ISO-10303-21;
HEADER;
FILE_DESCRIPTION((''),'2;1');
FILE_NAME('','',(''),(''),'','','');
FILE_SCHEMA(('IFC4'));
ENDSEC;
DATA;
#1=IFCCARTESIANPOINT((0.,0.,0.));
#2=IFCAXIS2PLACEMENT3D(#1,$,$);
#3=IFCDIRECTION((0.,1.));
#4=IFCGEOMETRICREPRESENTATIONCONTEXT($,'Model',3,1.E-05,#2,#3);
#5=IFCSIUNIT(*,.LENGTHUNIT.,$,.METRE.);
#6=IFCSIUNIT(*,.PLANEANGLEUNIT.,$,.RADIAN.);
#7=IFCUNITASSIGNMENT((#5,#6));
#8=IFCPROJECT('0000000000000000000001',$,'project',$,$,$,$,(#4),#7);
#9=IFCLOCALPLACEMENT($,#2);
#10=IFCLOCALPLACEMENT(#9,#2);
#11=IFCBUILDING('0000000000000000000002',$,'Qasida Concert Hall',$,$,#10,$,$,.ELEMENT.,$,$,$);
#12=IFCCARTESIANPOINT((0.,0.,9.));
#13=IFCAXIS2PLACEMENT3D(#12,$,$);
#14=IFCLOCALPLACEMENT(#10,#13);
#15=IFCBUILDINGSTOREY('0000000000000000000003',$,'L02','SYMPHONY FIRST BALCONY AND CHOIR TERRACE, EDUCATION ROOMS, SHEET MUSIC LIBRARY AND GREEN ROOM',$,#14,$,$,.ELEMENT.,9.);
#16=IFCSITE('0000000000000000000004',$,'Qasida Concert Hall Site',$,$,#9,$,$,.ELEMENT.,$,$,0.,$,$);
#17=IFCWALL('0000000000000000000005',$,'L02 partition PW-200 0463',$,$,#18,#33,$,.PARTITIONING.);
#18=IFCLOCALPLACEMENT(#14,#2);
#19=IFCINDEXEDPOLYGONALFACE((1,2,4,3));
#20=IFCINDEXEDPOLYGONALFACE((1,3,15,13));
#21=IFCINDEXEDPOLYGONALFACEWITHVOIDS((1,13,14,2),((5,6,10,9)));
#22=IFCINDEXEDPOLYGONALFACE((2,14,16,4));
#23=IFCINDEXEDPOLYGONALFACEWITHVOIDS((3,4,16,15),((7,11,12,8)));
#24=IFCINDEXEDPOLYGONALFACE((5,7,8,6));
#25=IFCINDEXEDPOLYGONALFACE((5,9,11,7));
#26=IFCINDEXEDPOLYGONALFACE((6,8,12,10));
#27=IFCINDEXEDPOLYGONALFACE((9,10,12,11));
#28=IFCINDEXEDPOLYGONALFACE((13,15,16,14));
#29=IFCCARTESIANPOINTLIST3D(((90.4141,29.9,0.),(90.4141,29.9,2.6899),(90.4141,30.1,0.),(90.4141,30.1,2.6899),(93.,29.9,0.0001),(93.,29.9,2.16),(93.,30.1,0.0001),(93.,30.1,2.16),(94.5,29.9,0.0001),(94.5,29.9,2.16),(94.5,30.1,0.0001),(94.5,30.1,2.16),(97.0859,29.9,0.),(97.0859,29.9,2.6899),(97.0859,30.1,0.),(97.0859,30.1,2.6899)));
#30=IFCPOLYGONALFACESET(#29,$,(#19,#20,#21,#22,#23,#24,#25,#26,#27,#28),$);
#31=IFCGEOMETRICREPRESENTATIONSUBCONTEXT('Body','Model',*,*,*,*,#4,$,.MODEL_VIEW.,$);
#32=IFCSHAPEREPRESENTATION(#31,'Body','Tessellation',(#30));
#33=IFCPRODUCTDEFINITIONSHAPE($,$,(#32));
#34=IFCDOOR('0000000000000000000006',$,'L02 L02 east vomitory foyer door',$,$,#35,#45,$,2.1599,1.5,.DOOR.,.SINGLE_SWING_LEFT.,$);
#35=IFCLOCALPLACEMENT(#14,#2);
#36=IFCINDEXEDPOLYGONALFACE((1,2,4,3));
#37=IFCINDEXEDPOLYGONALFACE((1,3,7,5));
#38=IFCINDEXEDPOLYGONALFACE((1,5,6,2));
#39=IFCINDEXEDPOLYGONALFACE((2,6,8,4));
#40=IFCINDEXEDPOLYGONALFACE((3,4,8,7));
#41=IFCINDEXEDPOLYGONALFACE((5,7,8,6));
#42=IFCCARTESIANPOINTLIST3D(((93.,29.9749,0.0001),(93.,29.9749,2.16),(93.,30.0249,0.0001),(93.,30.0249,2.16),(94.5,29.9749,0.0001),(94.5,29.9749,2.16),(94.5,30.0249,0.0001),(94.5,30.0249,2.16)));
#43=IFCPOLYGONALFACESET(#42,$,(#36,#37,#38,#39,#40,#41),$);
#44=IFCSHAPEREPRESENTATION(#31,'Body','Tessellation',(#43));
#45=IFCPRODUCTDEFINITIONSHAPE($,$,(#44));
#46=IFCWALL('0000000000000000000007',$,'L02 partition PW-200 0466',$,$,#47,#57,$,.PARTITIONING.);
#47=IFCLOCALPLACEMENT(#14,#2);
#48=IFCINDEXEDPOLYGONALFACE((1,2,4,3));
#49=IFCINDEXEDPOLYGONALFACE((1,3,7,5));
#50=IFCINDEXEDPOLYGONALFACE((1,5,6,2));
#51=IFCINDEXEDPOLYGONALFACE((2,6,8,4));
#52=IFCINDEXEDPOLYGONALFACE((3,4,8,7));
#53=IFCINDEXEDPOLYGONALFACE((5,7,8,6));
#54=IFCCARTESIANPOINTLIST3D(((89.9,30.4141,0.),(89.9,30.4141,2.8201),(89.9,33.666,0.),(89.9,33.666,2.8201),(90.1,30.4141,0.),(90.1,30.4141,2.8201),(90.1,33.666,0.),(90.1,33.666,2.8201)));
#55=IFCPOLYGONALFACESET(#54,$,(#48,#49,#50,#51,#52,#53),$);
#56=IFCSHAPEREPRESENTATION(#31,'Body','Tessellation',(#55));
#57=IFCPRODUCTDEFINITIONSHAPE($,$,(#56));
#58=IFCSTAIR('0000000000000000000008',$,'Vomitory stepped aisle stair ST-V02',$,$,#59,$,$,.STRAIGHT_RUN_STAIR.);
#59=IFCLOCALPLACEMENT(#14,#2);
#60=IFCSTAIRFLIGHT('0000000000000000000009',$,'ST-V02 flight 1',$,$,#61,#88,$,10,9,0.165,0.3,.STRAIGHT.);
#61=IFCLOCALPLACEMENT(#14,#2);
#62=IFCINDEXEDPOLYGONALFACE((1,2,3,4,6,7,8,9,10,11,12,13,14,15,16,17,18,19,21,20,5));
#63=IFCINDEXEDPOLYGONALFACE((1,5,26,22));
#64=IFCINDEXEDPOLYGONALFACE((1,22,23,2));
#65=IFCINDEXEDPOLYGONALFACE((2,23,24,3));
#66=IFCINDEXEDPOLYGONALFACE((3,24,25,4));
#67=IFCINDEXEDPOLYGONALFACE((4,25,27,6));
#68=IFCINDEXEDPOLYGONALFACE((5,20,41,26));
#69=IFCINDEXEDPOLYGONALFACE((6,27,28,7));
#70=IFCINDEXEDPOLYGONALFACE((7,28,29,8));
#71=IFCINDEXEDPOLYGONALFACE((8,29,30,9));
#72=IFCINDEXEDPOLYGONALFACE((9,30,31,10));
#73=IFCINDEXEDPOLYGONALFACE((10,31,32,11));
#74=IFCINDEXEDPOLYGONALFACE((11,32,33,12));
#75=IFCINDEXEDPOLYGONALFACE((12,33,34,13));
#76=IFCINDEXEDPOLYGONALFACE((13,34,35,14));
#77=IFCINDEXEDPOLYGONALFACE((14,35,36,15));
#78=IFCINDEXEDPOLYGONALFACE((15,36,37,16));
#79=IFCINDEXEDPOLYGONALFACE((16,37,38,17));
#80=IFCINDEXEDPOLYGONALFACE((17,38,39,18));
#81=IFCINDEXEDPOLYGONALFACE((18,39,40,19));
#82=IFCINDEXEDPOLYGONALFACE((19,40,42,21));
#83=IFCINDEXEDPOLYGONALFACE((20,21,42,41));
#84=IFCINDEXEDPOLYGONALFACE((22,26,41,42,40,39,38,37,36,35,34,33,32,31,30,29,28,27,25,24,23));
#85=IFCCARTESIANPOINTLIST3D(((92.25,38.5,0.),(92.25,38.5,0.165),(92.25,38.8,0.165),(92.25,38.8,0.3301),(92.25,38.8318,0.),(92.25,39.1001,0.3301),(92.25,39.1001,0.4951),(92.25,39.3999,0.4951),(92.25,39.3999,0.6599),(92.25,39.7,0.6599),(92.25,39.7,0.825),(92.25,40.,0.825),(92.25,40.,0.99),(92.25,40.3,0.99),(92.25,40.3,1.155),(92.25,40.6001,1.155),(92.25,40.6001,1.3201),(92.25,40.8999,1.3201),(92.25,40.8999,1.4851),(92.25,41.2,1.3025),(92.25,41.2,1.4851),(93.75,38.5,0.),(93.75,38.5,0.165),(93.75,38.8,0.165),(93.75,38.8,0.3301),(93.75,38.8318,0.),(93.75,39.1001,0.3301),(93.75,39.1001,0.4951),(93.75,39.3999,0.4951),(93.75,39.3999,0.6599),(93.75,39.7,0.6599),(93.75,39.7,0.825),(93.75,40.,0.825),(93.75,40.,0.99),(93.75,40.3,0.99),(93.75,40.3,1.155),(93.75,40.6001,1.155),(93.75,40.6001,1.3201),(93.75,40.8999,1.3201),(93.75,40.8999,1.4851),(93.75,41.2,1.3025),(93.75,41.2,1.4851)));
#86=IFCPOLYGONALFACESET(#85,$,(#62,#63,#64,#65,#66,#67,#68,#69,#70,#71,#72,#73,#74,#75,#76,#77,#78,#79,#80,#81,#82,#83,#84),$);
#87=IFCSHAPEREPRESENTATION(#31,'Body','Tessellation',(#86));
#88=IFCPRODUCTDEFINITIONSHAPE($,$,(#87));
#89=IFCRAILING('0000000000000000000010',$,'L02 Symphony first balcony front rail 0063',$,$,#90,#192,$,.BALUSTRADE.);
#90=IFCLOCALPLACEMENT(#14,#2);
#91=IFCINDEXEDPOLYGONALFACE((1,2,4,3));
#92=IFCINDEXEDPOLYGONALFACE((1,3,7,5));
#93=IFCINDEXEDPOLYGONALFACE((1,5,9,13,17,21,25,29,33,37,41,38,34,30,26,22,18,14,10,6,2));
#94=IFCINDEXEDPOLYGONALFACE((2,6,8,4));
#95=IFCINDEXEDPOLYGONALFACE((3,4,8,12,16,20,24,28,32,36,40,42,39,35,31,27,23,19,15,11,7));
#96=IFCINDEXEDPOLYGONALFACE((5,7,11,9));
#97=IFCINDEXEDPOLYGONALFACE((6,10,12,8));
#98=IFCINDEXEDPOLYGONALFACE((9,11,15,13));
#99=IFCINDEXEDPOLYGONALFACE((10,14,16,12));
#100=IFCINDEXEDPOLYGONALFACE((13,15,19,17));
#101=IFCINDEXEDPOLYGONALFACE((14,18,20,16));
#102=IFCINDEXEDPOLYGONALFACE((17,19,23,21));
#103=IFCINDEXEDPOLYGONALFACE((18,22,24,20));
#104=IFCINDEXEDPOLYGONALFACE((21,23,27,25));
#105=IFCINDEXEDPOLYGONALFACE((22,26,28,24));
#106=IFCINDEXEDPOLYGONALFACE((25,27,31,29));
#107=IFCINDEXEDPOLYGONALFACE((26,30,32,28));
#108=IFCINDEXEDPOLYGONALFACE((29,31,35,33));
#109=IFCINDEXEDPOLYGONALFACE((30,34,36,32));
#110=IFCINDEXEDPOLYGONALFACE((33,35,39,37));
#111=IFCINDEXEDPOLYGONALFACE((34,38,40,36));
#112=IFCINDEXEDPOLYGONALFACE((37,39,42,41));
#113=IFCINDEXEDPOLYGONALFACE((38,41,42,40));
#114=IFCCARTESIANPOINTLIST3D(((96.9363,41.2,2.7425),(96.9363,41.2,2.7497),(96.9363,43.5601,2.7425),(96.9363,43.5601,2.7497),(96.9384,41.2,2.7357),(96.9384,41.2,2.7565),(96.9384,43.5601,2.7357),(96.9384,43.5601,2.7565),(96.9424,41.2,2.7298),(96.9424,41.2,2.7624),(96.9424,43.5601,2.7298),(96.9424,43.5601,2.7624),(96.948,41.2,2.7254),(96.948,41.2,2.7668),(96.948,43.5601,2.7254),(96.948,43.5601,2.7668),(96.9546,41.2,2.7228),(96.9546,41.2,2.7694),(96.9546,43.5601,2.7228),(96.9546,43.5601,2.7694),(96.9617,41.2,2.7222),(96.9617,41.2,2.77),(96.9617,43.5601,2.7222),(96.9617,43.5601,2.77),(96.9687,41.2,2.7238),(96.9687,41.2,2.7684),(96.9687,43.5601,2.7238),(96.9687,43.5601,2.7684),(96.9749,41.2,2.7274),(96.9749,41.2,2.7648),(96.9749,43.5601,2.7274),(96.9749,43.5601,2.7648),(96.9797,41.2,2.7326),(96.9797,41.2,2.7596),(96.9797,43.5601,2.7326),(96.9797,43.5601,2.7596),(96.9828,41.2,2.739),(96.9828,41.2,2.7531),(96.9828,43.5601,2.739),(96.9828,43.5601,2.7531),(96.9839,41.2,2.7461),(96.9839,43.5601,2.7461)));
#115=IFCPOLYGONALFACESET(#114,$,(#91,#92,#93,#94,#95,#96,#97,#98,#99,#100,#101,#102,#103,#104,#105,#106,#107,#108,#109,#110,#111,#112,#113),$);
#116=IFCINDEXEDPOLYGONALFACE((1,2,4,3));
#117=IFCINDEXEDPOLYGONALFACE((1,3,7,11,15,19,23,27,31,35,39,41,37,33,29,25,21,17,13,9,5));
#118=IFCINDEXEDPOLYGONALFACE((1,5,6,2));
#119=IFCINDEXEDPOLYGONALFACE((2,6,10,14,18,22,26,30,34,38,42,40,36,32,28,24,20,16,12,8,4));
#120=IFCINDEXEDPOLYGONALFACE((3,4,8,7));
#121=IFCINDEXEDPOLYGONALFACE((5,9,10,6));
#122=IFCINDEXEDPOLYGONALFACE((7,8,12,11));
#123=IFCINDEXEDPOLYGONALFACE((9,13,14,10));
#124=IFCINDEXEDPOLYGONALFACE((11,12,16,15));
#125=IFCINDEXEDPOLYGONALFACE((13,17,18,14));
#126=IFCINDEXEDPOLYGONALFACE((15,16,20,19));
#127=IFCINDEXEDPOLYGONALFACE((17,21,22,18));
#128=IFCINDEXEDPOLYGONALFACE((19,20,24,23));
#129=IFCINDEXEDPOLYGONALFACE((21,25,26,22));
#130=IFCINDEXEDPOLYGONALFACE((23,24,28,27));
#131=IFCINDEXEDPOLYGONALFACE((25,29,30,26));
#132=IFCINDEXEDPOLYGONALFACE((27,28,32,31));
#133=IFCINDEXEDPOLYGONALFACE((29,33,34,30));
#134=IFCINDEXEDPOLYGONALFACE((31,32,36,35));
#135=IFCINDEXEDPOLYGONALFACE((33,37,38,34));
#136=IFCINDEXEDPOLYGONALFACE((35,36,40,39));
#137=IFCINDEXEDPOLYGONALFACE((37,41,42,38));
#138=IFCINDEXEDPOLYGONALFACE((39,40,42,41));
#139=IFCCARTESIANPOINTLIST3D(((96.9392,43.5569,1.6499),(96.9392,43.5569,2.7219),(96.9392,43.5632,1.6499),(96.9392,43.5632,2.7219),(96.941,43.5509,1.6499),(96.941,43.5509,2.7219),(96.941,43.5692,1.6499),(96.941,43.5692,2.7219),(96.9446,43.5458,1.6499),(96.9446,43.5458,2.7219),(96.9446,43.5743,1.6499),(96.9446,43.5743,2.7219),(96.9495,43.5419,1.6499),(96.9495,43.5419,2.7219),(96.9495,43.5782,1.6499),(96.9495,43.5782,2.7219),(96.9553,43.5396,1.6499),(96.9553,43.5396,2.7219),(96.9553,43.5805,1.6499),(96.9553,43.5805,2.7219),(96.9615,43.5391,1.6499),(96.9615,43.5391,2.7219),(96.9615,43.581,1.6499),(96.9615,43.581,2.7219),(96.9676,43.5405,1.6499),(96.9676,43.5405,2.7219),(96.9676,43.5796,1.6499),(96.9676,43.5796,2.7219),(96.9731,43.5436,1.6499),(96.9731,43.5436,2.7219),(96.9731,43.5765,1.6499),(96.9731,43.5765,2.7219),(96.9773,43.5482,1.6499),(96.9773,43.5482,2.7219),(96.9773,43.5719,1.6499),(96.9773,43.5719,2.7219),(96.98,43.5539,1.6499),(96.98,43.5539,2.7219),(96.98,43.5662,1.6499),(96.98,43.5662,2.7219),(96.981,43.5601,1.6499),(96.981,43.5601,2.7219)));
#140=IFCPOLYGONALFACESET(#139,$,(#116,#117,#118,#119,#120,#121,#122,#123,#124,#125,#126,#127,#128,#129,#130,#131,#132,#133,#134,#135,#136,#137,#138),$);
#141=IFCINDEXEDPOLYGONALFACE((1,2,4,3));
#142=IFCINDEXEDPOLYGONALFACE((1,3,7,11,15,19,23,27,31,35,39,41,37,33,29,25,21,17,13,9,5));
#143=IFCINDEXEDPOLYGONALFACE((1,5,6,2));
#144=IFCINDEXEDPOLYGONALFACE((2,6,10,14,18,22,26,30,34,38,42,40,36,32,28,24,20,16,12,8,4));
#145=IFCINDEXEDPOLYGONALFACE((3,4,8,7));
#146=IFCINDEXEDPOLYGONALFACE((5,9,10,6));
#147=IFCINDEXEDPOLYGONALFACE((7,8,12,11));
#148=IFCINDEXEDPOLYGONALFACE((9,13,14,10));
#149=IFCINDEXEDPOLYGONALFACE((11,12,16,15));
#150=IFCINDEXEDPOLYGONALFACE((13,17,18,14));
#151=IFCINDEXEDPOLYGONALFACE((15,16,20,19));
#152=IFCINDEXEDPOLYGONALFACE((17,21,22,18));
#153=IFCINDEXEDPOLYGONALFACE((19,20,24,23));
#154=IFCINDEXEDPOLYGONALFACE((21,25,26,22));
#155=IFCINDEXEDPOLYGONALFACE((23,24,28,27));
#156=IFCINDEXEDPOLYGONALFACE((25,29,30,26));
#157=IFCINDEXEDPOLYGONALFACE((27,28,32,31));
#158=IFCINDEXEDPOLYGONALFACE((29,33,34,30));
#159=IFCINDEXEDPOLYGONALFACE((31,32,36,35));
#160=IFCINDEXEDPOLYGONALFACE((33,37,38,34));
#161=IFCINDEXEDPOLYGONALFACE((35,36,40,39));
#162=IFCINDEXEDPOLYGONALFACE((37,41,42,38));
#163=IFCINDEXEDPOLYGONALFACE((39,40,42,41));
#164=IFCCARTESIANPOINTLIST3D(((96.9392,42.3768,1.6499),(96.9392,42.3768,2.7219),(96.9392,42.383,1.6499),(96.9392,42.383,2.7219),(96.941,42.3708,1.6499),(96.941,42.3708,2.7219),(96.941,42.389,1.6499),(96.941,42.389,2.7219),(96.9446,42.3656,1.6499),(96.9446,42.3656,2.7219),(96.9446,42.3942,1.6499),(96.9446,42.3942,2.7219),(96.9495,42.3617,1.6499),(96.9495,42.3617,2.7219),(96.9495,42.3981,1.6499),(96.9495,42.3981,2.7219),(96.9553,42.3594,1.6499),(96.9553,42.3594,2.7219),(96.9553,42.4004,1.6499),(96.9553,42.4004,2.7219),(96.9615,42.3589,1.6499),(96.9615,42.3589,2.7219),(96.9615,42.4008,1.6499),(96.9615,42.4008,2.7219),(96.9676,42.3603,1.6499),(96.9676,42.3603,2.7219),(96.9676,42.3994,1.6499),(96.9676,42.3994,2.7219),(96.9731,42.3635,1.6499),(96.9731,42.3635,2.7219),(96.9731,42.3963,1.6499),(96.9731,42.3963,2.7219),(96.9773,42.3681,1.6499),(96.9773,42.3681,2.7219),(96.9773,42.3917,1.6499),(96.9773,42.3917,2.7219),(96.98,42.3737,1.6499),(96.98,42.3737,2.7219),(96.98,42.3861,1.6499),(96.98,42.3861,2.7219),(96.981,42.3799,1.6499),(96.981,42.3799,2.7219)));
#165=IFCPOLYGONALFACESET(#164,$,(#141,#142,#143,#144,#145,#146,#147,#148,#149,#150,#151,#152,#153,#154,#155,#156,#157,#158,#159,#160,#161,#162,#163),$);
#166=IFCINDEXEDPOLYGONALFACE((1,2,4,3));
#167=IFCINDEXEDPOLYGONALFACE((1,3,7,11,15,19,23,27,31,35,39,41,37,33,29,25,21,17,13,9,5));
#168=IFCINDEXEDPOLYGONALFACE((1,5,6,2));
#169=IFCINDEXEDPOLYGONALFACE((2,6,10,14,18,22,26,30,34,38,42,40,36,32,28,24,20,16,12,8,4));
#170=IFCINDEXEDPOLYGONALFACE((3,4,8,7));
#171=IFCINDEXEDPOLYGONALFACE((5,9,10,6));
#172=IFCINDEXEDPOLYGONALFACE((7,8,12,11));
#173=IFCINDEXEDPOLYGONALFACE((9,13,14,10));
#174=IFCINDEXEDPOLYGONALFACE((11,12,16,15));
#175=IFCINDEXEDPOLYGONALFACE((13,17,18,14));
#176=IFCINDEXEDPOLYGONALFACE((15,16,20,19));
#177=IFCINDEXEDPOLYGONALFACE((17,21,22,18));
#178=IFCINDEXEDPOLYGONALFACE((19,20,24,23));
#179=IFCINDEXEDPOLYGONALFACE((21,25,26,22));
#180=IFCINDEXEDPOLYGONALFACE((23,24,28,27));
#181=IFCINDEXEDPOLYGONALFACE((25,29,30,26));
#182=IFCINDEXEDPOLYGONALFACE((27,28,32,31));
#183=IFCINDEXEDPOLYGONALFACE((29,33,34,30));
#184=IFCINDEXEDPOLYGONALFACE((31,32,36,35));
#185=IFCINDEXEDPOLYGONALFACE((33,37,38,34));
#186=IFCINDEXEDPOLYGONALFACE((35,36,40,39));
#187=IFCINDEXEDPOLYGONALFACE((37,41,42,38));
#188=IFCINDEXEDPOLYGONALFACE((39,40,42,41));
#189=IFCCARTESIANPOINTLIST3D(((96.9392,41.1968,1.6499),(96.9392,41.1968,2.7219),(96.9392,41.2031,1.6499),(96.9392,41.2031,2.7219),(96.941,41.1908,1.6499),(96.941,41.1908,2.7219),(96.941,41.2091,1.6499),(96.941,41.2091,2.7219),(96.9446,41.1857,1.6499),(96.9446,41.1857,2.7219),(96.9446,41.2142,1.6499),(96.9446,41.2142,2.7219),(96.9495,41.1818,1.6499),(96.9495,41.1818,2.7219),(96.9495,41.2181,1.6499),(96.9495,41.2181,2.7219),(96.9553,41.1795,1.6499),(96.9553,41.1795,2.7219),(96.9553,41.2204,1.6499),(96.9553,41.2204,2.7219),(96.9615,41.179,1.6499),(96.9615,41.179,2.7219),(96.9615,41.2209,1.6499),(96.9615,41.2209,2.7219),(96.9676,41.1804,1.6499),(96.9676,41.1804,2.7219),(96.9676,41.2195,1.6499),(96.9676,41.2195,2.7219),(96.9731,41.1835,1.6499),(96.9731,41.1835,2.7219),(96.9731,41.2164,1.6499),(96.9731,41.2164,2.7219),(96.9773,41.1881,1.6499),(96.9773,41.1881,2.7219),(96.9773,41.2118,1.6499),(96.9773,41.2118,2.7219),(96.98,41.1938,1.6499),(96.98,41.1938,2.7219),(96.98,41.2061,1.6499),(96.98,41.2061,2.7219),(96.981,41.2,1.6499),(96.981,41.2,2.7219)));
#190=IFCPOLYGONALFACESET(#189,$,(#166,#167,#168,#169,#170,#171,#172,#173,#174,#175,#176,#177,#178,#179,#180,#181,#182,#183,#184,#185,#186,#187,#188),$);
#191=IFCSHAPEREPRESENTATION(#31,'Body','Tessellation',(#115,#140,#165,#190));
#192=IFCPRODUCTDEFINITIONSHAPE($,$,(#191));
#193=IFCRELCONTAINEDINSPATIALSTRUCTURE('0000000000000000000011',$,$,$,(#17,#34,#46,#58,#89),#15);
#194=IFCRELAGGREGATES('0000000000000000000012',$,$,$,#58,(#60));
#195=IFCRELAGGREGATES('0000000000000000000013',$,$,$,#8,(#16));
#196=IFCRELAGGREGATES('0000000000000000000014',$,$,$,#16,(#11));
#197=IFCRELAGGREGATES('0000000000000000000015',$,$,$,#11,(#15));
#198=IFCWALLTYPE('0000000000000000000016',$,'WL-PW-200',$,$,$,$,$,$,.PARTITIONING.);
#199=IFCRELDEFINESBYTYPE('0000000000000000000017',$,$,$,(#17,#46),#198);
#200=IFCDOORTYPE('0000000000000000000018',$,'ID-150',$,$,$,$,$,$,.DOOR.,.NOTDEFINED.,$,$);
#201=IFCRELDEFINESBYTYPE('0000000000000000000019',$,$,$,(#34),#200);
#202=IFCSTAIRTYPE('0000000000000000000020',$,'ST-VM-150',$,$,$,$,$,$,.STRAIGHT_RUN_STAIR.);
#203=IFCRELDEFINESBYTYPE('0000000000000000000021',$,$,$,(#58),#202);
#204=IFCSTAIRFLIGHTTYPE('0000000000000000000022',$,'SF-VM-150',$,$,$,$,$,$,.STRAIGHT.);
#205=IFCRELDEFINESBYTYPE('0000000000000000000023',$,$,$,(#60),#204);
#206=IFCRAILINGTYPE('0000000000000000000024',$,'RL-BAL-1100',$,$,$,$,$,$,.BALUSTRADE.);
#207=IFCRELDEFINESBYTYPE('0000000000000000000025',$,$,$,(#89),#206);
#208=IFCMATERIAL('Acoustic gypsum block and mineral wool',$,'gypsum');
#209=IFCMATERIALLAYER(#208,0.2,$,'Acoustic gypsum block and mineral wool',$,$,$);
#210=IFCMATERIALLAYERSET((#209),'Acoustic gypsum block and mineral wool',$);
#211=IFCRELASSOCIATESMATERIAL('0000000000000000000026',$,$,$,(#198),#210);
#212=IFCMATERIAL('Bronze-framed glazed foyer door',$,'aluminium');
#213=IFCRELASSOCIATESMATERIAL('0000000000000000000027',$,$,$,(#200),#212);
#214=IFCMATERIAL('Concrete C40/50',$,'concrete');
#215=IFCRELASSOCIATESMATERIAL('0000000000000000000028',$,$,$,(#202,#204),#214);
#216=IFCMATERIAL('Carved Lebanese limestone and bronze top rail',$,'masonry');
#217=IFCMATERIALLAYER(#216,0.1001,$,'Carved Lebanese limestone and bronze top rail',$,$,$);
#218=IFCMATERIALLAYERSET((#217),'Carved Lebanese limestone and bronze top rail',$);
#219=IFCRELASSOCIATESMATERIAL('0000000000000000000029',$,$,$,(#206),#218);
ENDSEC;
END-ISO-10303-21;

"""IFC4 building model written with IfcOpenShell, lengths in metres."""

from ifc_helpers import new_model, si_unit, direction, frame, frame_2d, origin, origin_2d, place, context, subcontext, project, spatial, polyline, rectangle, circle, outline, extrude, material, layer, layer_set, type_object, element, fill, aggregate, save


model = new_model("IFC4")

# Units and contexts
model_context = context("Model", 3, precision=1e-05, world=origin(), true_north=direction((0.0, 1.0)))
body_context = subcontext(model_context, "Body", "Model", "MODEL_VIEW")
ifc_project = project(units=[si_unit("LENGTHUNIT", "METRE"), si_unit("PLANEANGLEUNIT", "RADIAN")], contexts=[model_context])

# Site, building, storey
site_placement = place(None, origin())
site = spatial("IfcSite", under=ifc_project, at=site_placement, Name="Qasida Concert Hall Site", CompositionType="ELEMENT", RefElevation=0.0)
building_placement = place(site_placement, origin())
building = spatial("IfcBuilding", under=site, at=building_placement, Name="Qasida Concert Hall", CompositionType="ELEMENT")
storey_placement = place(building_placement, frame((0.0, 0.0, 9.0)))
storey = spatial("IfcBuildingStorey", under=building, at=storey_placement, Name="L02", Description="SYMPHONY FIRST BALCONY AND CHOIR TERRACE, EDUCATION ROOMS, SHEET MUSIC LIBRARY AND GREEN ROOM", CompositionType="ELEMENT", Elevation=9.0)

# Shared definitions
ifc_material_1 = material(Name="Concrete C40/50", Category="concrete")

# Wall, opening, door
ifc_material_2 = material(Name="Acoustic gypsum block and mineral wool", Category="gypsum")
ifc_layer_1 = layer(ifc_material_2, 0.2, Name="Acoustic gypsum block and mineral wool")
ifc_layer_set_1 = layer_set([ifc_layer_1], Name="Acoustic gypsum block and mineral wool")
wall_type = type_object("IfcWallType", Name="WL-PW-200", PredefinedType="PARTITIONING", material=ifc_layer_set_1)
wall_1_placement = place(storey_placement, frame((90.4141, 30.0, 0.0), z_axis=(0.0, 0.0, 1.0), x_axis=(1.0, 0.0, 0.0)))
wall_1 = element("IfcWall", 1, at=wall_1_placement, inside=storey, type_object=wall_type, Name="L02 partition PW-200 0463", PredefinedType="PARTITIONING", context=body_context, shape_type="SweptSolid", body=[
    extrude(rectangle(XDim=6.6719, YDim=0.2, at=frame_2d((3.3359, 0.0))), origin(), (0.0, 0.0, 1.0), 2.6899),
])
opening_placement = place(wall_1_placement, frame((2.5859, 0.0, 0.0)))
opening = element("IfcOpeningElement", 2, at=opening_placement, cuts=wall_1, PredefinedType="OPENING", context=body_context, shape_type="SweptSolid", body=[
    extrude(rectangle(XDim=1.5, YDim=2.1599, at=frame_2d((0.75, 1.0801))), frame((0.0, 0.1099, 0.0), z_axis=(0.0, -1.0, 0.0), x_axis=(1.0, 0.0, 0.0)), (0.0, 0.0, 1.0), 0.22),
])
ifc_material_3 = material(Name="Bronze-framed glazed foyer door", Category="aluminium")
door_type = type_object("IfcDoorType", Name="ID-150", OperationType="NOTDEFINED", PredefinedType="DOOR", material=ifc_material_3)
door_placement = place(opening_placement, origin())
door = element("IfcDoor", 3, at=door_placement, inside=storey, type_object=door_type, Name="L02 L02 east vomitory foyer door", OperationType="SINGLE_SWING_LEFT", OverallHeight=2.1599, OverallWidth=1.5, PredefinedType="DOOR", context=body_context, shape_type="SweptSolid", body=[
    extrude(rectangle(XDim=1.5, YDim=2.1599, at=frame_2d((0.75, 1.0801))), frame((0.0, 0.0249, 0.0), z_axis=(0.0, -1.0, 0.0), x_axis=(1.0, 0.0, 0.0)), (0.0, 0.0, 1.0), 0.05),
])
fill(opening, door)

# Wall
wall_2_placement = place(storey_placement, frame((90.0, 30.4141, 0.0), z_axis=(0.0, 0.0, 1.0), x_axis=(0.0, 1.0, 0.0)))
element("IfcWall", 4, at=wall_2_placement, inside=storey, type_object=wall_type, Name="L02 partition PW-200 0466", PredefinedType="PARTITIONING", context=body_context, shape_type="SweptSolid", body=[
    extrude(rectangle(XDim=3.252, YDim=0.2, at=frame_2d((1.626, 0.0))), origin(), (0.0, 0.0, 1.0), 2.8201),
])

# Stair, stair flight
stair_type = type_object("IfcStairType", Name="ST-VM-150", PredefinedType="STRAIGHT_RUN_STAIR", material=ifc_material_1)
stair_placement = place(storey_placement, origin())
stair = element("IfcStair", 5, at=stair_placement, inside=storey, type_object=stair_type, Name="Vomitory stepped aisle stair ST-V02", PredefinedType="STRAIGHT_RUN_STAIR")
stair_flight_type = type_object("IfcStairFlightType", Name="SF-VM-150", PredefinedType="STRAIGHT", material=ifc_material_1)
stair_flight_placement = place(storey_placement, frame((93.0, 38.5, 0.0), z_axis=(0.0, 0.0, 1.0), x_axis=(0.0, 1.0, 0.0)))
stair_flight = element("IfcStairFlight", 6, at=stair_flight_placement, type_object=stair_flight_type, Name="ST-V02 flight 1", NumberOfRisers=10, NumberOfTreads=9, PredefinedType="STRAIGHT", RiserHeight=0.165, TreadLength=0.3, context=body_context, shape_type="SweptSolid", body=[
    extrude(outline(polyline([(0.0, 0.0), (0.0, 0.165), (0.3, 0.165), (0.3, 0.3301), (0.6001, 0.3301), (0.6001, 0.4951), (0.8999, 0.4951), (0.8999, 0.6599), (1.2, 0.6599), (1.2, 0.825), (1.5, 0.825), (1.5, 0.99), (1.8, 0.99), (1.8, 1.155), (2.1001, 1.155), (2.1001, 1.3201), (2.3999, 1.3201), (2.3999, 1.4851), (2.7, 1.4851), (2.7, 1.6499), (2.7, 1.3025), (0.3318, 0.0), (0.0, 0.0)])), frame((0.0, 0.75, 0.0), z_axis=(0.0, -1.0, 0.0), x_axis=(1.0, 0.0, 0.0)), (0.0, 0.0, 1.0), 1.5),
])
aggregate(stair, [stair_flight])

# Railing
ifc_material_4 = material(Name="Carved Lebanese limestone and bronze top rail", Category="masonry")
ifc_layer_2 = layer(ifc_material_4, 0.1001, Name="Carved Lebanese limestone and bronze top rail")
ifc_layer_set_2 = layer_set([ifc_layer_2], Name="Carved Lebanese limestone and bronze top rail")
railing_type_1 = type_object("IfcRailingType", Name="RL-BAL-1100", PredefinedType="BALUSTRADE", material=ifc_layer_set_2)
railing_1_placement = place(storey_placement, frame((96.96, 43.5601, 1.6499)))
element("IfcRailing", 7, at=railing_1_placement, inside=storey, type_object=railing_type_1, Name="L02 Symphony first balcony front rail 0063", PredefinedType="BALUSTRADE", context=body_context, shape_type="SweptSolid", body=[
    extrude(circle(Radius=0.0239, at=origin_2d()), frame((0.0, 0.0, 1.0962), z_axis=(0.0, -1.0, 0.0), x_axis=(1.0, 0.0, 0.0)), (0.0, 0.0, 1.0), 2.3601),
    extrude(circle(Radius=0.021, at=origin_2d()), origin(), (0.0, 0.0, 1.0), 1.072),
    extrude(circle(Radius=0.021, at=origin_2d()), frame((0.0, -1.1802, 0.0)), (0.0, 0.0, 1.0), 1.072),
    extrude(circle(Radius=0.021, at=origin_2d()), frame((0.0, -2.3601, 0.0)), (0.0, 0.0, 1.0), 1.072),
])

save(model, "model.ifc")
